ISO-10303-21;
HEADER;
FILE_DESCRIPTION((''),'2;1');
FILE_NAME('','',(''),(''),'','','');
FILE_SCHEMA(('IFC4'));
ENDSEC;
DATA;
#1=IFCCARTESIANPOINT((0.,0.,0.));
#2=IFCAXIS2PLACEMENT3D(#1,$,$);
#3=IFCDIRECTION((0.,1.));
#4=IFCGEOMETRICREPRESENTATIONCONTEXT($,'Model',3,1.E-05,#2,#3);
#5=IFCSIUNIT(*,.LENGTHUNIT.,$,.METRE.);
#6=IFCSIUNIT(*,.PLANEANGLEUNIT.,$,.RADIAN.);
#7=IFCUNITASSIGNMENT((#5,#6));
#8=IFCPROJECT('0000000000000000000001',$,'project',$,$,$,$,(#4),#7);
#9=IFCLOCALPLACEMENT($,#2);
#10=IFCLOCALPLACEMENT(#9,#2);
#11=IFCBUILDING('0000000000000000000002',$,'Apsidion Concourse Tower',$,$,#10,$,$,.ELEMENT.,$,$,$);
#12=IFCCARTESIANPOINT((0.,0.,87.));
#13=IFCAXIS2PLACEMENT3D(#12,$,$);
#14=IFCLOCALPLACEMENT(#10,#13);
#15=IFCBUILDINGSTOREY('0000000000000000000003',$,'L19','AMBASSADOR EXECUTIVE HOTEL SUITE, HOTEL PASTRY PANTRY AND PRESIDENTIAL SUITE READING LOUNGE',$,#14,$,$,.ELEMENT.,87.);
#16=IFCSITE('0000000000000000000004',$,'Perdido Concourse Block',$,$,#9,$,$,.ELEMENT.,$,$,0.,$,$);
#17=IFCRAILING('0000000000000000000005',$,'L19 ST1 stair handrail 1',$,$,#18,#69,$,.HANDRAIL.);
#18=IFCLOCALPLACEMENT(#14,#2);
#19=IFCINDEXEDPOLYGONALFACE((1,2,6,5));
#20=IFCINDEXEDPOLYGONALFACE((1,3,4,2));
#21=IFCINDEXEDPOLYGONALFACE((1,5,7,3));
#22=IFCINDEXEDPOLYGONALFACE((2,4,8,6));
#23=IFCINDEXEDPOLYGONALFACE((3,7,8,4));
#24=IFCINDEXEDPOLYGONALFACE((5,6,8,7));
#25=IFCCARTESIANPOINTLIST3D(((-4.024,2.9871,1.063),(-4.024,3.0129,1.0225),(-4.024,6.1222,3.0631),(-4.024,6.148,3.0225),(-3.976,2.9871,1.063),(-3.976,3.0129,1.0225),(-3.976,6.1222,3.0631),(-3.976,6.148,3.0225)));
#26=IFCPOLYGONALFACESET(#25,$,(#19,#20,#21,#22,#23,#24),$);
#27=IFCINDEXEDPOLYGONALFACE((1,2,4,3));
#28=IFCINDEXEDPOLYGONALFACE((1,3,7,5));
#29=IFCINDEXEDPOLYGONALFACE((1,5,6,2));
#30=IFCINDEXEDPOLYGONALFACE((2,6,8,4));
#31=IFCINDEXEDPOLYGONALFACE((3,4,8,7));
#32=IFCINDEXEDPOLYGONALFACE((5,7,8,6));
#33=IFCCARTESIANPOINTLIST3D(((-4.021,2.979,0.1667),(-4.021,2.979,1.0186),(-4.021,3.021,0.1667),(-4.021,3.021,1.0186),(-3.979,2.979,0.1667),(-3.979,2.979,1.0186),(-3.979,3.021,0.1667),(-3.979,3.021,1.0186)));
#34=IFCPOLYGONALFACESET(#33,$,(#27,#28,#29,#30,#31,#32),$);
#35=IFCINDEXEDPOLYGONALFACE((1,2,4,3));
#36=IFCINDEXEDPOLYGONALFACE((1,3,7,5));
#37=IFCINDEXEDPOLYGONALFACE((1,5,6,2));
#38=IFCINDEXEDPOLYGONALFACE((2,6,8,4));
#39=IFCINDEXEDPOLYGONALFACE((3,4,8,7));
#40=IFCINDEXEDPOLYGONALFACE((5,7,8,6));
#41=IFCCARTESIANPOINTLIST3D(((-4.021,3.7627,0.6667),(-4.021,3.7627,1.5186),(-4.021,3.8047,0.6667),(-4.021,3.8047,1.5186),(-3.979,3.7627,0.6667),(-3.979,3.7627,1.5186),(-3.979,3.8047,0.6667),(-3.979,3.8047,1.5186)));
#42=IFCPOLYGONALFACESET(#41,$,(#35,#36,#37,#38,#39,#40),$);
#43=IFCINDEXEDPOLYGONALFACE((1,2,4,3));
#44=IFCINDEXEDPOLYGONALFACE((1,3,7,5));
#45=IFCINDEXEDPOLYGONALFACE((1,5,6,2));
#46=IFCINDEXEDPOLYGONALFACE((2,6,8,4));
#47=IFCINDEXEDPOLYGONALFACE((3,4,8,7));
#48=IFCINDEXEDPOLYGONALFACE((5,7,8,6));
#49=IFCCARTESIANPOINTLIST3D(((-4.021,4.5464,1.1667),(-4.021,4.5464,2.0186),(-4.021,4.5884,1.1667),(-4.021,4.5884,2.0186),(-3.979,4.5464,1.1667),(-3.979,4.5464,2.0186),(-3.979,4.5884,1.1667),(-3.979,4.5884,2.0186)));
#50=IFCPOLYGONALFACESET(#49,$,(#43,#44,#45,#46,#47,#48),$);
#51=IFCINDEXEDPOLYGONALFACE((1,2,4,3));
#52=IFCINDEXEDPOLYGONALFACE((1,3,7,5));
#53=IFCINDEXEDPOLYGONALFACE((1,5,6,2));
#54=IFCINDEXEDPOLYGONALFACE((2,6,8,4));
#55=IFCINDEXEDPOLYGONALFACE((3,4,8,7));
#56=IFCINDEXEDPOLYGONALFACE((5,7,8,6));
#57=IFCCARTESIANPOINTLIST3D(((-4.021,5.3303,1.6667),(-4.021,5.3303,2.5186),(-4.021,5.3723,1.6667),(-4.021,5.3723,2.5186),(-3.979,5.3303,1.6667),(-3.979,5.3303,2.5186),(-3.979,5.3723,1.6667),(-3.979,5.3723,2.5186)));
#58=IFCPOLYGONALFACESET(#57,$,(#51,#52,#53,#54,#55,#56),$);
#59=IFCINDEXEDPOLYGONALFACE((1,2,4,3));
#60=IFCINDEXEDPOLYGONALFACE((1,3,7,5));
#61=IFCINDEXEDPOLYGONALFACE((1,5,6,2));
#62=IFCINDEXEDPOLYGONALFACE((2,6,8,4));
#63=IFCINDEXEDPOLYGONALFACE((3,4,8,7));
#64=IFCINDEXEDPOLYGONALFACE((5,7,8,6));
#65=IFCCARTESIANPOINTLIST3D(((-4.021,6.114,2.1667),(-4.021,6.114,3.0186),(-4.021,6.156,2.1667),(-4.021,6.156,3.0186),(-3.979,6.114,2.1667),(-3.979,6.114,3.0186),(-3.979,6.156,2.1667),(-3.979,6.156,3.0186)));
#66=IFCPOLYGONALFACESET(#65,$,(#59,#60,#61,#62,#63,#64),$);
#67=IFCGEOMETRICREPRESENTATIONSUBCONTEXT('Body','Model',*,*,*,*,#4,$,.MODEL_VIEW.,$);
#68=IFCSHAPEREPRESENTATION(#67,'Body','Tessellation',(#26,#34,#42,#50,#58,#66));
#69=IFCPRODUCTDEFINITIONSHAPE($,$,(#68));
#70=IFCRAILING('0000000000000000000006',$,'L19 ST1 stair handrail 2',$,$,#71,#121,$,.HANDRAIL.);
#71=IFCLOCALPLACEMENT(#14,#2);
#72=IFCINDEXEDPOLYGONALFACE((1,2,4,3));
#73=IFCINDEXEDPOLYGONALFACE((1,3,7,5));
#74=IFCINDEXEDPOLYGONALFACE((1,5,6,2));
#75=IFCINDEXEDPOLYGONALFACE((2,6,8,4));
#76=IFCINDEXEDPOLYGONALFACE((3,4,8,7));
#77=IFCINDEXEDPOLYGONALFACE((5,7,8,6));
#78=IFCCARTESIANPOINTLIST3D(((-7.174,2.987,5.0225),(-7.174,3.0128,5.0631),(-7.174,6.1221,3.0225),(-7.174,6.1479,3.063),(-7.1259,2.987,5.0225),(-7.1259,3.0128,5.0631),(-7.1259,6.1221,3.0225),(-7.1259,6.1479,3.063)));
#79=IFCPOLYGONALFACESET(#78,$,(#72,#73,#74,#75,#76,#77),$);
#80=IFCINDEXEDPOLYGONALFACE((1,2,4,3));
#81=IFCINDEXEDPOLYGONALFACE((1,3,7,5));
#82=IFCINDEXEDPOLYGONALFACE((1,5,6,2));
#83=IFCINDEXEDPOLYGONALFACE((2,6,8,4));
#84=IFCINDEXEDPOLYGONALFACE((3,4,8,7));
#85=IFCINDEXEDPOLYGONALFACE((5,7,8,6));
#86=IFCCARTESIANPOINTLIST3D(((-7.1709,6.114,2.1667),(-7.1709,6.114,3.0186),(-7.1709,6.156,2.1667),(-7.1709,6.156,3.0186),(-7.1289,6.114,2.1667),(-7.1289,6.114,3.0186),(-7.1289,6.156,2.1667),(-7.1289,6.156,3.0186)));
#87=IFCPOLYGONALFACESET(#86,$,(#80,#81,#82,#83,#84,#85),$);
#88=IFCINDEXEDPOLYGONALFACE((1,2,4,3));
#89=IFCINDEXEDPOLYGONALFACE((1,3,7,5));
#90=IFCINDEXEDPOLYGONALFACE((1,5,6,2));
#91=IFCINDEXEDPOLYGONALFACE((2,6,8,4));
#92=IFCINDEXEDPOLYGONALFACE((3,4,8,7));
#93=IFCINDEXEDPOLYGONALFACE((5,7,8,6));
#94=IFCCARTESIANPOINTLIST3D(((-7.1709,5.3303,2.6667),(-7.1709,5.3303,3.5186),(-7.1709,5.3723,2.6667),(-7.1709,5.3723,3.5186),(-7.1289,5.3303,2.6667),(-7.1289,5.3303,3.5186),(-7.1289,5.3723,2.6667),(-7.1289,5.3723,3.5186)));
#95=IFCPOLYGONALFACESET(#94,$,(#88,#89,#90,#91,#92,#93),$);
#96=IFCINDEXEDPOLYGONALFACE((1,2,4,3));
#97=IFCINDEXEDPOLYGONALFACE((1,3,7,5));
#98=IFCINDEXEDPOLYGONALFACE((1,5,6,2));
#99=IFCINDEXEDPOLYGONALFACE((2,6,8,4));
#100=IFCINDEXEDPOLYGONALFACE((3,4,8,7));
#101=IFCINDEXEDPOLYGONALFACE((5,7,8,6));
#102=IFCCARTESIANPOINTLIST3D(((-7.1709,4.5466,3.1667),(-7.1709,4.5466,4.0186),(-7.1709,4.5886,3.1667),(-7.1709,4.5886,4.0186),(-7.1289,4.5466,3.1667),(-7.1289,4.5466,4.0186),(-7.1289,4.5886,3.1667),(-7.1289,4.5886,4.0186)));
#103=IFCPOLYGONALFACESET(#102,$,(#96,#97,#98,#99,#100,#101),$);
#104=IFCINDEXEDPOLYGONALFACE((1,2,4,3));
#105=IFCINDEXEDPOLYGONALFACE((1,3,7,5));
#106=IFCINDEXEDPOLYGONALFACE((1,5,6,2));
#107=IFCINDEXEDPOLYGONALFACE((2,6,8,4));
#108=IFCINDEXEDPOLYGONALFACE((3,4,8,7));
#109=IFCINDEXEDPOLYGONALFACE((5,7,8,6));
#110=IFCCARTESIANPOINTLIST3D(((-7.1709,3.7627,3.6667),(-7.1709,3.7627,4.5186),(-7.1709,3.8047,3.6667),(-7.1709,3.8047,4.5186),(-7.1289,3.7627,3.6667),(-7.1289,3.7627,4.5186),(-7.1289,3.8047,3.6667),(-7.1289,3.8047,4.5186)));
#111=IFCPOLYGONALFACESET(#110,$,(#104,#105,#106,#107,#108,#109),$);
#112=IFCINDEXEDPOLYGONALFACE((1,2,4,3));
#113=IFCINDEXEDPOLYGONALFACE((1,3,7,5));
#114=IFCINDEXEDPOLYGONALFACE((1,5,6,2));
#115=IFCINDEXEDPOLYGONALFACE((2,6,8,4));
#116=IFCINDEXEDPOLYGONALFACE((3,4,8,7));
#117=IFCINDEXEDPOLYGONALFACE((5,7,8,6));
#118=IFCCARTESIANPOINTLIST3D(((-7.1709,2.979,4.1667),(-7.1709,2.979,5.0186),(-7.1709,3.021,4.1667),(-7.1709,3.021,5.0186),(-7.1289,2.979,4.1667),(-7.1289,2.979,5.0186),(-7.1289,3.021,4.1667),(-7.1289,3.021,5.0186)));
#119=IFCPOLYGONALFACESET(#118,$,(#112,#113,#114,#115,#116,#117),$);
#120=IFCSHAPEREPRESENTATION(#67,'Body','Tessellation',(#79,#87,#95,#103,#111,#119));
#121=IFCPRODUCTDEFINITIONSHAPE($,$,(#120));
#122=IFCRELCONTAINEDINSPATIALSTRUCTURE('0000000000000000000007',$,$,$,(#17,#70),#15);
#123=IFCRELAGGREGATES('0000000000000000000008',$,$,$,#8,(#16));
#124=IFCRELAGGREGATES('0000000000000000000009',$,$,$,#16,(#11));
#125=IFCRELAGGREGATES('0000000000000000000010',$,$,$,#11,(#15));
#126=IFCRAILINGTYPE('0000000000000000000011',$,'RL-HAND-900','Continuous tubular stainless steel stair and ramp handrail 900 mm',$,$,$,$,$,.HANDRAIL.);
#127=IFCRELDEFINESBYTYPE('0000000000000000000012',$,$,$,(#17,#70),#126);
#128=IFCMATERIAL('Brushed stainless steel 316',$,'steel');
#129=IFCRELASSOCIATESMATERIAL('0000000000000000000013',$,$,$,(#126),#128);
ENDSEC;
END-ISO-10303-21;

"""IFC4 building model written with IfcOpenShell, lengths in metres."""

from ifc_helpers import new_model, si_unit, direction, frame, origin, origin_2d, place, context, subcontext, project, spatial, rectangle, extrude, material, type_object, element, save


model = new_model("IFC4")

# Units and contexts
model_context = context("Model", 3, precision=1e-05, world=origin(), true_north=direction((0.0, 1.0)))
body_context = subcontext(model_context, "Body", "Model", "MODEL_VIEW")
ifc_project = project(units=[si_unit("LENGTHUNIT", "METRE"), si_unit("PLANEANGLEUNIT", "RADIAN")], contexts=[model_context])

# Site, building, storey
site_placement = place(None, origin())
site = spatial("IfcSite", under=ifc_project, at=site_placement, Name="Perdido Concourse Block", CompositionType="ELEMENT", RefElevation=0.0)
building_placement = place(site_placement, origin())
building = spatial("IfcBuilding", under=site, at=building_placement, Name="Apsidion Concourse Tower", CompositionType="ELEMENT")
storey_placement = place(building_placement, frame((0.0, 0.0, 87.0)))
storey = spatial("IfcBuildingStorey", under=building, at=storey_placement, Name="L19", Description="AMBASSADOR EXECUTIVE HOTEL SUITE, HOTEL PASTRY PANTRY AND PRESIDENTIAL SUITE READING LOUNGE", CompositionType="ELEMENT", Elevation=87.0)

# Railings
ifc_material_1 = material(Name="Brushed stainless steel 316", Category="steel")
railing_type_1 = type_object("IfcRailingType", Name="RL-HAND-900", Description="Continuous tubular stainless steel stair and ramp handrail 900 mm", PredefinedType="HANDRAIL", material=ifc_material_1)
railing_1_placement = place(storey_placement, frame((-4.0, 3.0, 0.1667)))
element("IfcRailing", 1, at=railing_1_placement, inside=storey, type_object=railing_type_1, Name="L19 ST1 stair handrail 1", PredefinedType="HANDRAIL", context=body_context, shape_type="SweptSolid", body=[
    extrude(rectangle(XDim=0.0481, YDim=0.0481, at=origin_2d()), frame((0.0, 0.0, 0.876), z_axis=(0.0, 0.843053, 0.537831), x_axis=(-1.0, 0.0, 0.0)), (0.0, 0.0, 1.0), 3.7188),
    extrude(rectangle(XDim=0.042, YDim=0.042, at=origin_2d()), origin(), (0.0, 0.0, 1.0), 0.8518),
    extrude(rectangle(XDim=0.042, YDim=0.042, at=origin_2d()), frame((0.0, 0.7837, 0.5)), (0.0, 0.0, 1.0), 0.8518),
    extrude(rectangle(XDim=0.042, YDim=0.042, at=origin_2d()), frame((0.0, 1.5674, 1.0)), (0.0, 0.0, 1.0), 0.8518),
    extrude(rectangle(XDim=0.042, YDim=0.042, at=origin_2d()), frame((0.0, 2.3513, 1.5)), (0.0, 0.0, 1.0), 0.8518),
    extrude(rectangle(XDim=0.042, YDim=0.042, at=origin_2d()), frame((0.0, 3.135, 2.0)), (0.0, 0.0, 1.0), 0.8518),
])
railing_2_placement = place(storey_placement, frame((-7.1499, 6.135, 2.1667)))
element("IfcRailing", 2, at=railing_2_placement, inside=storey, type_object=railing_type_1, Name="L19 ST1 stair handrail 2", PredefinedType="HANDRAIL", context=body_context, shape_type="SweptSolid", body=[
    extrude(rectangle(XDim=0.0481, YDim=0.0481, at=origin_2d()), frame((0.0, 0.0, 0.876), z_axis=(0.0, -0.843053, 0.537831), x_axis=(1.0, 0.0, 0.0)), (0.0, 0.0, 1.0), 3.7188),
    extrude(rectangle(XDim=0.042, YDim=0.042, at=origin_2d()), origin(), (0.0, 0.0, 1.0), 0.8518),
    extrude(rectangle(XDim=0.042, YDim=0.042, at=origin_2d()), frame((0.0, -0.7837, 0.5)), (0.0, 0.0, 1.0), 0.8518),
    extrude(rectangle(XDim=0.042, YDim=0.042, at=origin_2d()), frame((0.0, -1.5674, 1.0)), (0.0, 0.0, 1.0), 0.8518),
    extrude(rectangle(XDim=0.042, YDim=0.042, at=origin_2d()), frame((0.0, -2.3513, 1.5)), (0.0, 0.0, 1.0), 0.8518),
    extrude(rectangle(XDim=0.042, YDim=0.042, at=origin_2d()), frame((0.0, -3.135, 2.0)), (0.0, 0.0, 1.0), 0.8518),
])

save(model, "model.ifc")
